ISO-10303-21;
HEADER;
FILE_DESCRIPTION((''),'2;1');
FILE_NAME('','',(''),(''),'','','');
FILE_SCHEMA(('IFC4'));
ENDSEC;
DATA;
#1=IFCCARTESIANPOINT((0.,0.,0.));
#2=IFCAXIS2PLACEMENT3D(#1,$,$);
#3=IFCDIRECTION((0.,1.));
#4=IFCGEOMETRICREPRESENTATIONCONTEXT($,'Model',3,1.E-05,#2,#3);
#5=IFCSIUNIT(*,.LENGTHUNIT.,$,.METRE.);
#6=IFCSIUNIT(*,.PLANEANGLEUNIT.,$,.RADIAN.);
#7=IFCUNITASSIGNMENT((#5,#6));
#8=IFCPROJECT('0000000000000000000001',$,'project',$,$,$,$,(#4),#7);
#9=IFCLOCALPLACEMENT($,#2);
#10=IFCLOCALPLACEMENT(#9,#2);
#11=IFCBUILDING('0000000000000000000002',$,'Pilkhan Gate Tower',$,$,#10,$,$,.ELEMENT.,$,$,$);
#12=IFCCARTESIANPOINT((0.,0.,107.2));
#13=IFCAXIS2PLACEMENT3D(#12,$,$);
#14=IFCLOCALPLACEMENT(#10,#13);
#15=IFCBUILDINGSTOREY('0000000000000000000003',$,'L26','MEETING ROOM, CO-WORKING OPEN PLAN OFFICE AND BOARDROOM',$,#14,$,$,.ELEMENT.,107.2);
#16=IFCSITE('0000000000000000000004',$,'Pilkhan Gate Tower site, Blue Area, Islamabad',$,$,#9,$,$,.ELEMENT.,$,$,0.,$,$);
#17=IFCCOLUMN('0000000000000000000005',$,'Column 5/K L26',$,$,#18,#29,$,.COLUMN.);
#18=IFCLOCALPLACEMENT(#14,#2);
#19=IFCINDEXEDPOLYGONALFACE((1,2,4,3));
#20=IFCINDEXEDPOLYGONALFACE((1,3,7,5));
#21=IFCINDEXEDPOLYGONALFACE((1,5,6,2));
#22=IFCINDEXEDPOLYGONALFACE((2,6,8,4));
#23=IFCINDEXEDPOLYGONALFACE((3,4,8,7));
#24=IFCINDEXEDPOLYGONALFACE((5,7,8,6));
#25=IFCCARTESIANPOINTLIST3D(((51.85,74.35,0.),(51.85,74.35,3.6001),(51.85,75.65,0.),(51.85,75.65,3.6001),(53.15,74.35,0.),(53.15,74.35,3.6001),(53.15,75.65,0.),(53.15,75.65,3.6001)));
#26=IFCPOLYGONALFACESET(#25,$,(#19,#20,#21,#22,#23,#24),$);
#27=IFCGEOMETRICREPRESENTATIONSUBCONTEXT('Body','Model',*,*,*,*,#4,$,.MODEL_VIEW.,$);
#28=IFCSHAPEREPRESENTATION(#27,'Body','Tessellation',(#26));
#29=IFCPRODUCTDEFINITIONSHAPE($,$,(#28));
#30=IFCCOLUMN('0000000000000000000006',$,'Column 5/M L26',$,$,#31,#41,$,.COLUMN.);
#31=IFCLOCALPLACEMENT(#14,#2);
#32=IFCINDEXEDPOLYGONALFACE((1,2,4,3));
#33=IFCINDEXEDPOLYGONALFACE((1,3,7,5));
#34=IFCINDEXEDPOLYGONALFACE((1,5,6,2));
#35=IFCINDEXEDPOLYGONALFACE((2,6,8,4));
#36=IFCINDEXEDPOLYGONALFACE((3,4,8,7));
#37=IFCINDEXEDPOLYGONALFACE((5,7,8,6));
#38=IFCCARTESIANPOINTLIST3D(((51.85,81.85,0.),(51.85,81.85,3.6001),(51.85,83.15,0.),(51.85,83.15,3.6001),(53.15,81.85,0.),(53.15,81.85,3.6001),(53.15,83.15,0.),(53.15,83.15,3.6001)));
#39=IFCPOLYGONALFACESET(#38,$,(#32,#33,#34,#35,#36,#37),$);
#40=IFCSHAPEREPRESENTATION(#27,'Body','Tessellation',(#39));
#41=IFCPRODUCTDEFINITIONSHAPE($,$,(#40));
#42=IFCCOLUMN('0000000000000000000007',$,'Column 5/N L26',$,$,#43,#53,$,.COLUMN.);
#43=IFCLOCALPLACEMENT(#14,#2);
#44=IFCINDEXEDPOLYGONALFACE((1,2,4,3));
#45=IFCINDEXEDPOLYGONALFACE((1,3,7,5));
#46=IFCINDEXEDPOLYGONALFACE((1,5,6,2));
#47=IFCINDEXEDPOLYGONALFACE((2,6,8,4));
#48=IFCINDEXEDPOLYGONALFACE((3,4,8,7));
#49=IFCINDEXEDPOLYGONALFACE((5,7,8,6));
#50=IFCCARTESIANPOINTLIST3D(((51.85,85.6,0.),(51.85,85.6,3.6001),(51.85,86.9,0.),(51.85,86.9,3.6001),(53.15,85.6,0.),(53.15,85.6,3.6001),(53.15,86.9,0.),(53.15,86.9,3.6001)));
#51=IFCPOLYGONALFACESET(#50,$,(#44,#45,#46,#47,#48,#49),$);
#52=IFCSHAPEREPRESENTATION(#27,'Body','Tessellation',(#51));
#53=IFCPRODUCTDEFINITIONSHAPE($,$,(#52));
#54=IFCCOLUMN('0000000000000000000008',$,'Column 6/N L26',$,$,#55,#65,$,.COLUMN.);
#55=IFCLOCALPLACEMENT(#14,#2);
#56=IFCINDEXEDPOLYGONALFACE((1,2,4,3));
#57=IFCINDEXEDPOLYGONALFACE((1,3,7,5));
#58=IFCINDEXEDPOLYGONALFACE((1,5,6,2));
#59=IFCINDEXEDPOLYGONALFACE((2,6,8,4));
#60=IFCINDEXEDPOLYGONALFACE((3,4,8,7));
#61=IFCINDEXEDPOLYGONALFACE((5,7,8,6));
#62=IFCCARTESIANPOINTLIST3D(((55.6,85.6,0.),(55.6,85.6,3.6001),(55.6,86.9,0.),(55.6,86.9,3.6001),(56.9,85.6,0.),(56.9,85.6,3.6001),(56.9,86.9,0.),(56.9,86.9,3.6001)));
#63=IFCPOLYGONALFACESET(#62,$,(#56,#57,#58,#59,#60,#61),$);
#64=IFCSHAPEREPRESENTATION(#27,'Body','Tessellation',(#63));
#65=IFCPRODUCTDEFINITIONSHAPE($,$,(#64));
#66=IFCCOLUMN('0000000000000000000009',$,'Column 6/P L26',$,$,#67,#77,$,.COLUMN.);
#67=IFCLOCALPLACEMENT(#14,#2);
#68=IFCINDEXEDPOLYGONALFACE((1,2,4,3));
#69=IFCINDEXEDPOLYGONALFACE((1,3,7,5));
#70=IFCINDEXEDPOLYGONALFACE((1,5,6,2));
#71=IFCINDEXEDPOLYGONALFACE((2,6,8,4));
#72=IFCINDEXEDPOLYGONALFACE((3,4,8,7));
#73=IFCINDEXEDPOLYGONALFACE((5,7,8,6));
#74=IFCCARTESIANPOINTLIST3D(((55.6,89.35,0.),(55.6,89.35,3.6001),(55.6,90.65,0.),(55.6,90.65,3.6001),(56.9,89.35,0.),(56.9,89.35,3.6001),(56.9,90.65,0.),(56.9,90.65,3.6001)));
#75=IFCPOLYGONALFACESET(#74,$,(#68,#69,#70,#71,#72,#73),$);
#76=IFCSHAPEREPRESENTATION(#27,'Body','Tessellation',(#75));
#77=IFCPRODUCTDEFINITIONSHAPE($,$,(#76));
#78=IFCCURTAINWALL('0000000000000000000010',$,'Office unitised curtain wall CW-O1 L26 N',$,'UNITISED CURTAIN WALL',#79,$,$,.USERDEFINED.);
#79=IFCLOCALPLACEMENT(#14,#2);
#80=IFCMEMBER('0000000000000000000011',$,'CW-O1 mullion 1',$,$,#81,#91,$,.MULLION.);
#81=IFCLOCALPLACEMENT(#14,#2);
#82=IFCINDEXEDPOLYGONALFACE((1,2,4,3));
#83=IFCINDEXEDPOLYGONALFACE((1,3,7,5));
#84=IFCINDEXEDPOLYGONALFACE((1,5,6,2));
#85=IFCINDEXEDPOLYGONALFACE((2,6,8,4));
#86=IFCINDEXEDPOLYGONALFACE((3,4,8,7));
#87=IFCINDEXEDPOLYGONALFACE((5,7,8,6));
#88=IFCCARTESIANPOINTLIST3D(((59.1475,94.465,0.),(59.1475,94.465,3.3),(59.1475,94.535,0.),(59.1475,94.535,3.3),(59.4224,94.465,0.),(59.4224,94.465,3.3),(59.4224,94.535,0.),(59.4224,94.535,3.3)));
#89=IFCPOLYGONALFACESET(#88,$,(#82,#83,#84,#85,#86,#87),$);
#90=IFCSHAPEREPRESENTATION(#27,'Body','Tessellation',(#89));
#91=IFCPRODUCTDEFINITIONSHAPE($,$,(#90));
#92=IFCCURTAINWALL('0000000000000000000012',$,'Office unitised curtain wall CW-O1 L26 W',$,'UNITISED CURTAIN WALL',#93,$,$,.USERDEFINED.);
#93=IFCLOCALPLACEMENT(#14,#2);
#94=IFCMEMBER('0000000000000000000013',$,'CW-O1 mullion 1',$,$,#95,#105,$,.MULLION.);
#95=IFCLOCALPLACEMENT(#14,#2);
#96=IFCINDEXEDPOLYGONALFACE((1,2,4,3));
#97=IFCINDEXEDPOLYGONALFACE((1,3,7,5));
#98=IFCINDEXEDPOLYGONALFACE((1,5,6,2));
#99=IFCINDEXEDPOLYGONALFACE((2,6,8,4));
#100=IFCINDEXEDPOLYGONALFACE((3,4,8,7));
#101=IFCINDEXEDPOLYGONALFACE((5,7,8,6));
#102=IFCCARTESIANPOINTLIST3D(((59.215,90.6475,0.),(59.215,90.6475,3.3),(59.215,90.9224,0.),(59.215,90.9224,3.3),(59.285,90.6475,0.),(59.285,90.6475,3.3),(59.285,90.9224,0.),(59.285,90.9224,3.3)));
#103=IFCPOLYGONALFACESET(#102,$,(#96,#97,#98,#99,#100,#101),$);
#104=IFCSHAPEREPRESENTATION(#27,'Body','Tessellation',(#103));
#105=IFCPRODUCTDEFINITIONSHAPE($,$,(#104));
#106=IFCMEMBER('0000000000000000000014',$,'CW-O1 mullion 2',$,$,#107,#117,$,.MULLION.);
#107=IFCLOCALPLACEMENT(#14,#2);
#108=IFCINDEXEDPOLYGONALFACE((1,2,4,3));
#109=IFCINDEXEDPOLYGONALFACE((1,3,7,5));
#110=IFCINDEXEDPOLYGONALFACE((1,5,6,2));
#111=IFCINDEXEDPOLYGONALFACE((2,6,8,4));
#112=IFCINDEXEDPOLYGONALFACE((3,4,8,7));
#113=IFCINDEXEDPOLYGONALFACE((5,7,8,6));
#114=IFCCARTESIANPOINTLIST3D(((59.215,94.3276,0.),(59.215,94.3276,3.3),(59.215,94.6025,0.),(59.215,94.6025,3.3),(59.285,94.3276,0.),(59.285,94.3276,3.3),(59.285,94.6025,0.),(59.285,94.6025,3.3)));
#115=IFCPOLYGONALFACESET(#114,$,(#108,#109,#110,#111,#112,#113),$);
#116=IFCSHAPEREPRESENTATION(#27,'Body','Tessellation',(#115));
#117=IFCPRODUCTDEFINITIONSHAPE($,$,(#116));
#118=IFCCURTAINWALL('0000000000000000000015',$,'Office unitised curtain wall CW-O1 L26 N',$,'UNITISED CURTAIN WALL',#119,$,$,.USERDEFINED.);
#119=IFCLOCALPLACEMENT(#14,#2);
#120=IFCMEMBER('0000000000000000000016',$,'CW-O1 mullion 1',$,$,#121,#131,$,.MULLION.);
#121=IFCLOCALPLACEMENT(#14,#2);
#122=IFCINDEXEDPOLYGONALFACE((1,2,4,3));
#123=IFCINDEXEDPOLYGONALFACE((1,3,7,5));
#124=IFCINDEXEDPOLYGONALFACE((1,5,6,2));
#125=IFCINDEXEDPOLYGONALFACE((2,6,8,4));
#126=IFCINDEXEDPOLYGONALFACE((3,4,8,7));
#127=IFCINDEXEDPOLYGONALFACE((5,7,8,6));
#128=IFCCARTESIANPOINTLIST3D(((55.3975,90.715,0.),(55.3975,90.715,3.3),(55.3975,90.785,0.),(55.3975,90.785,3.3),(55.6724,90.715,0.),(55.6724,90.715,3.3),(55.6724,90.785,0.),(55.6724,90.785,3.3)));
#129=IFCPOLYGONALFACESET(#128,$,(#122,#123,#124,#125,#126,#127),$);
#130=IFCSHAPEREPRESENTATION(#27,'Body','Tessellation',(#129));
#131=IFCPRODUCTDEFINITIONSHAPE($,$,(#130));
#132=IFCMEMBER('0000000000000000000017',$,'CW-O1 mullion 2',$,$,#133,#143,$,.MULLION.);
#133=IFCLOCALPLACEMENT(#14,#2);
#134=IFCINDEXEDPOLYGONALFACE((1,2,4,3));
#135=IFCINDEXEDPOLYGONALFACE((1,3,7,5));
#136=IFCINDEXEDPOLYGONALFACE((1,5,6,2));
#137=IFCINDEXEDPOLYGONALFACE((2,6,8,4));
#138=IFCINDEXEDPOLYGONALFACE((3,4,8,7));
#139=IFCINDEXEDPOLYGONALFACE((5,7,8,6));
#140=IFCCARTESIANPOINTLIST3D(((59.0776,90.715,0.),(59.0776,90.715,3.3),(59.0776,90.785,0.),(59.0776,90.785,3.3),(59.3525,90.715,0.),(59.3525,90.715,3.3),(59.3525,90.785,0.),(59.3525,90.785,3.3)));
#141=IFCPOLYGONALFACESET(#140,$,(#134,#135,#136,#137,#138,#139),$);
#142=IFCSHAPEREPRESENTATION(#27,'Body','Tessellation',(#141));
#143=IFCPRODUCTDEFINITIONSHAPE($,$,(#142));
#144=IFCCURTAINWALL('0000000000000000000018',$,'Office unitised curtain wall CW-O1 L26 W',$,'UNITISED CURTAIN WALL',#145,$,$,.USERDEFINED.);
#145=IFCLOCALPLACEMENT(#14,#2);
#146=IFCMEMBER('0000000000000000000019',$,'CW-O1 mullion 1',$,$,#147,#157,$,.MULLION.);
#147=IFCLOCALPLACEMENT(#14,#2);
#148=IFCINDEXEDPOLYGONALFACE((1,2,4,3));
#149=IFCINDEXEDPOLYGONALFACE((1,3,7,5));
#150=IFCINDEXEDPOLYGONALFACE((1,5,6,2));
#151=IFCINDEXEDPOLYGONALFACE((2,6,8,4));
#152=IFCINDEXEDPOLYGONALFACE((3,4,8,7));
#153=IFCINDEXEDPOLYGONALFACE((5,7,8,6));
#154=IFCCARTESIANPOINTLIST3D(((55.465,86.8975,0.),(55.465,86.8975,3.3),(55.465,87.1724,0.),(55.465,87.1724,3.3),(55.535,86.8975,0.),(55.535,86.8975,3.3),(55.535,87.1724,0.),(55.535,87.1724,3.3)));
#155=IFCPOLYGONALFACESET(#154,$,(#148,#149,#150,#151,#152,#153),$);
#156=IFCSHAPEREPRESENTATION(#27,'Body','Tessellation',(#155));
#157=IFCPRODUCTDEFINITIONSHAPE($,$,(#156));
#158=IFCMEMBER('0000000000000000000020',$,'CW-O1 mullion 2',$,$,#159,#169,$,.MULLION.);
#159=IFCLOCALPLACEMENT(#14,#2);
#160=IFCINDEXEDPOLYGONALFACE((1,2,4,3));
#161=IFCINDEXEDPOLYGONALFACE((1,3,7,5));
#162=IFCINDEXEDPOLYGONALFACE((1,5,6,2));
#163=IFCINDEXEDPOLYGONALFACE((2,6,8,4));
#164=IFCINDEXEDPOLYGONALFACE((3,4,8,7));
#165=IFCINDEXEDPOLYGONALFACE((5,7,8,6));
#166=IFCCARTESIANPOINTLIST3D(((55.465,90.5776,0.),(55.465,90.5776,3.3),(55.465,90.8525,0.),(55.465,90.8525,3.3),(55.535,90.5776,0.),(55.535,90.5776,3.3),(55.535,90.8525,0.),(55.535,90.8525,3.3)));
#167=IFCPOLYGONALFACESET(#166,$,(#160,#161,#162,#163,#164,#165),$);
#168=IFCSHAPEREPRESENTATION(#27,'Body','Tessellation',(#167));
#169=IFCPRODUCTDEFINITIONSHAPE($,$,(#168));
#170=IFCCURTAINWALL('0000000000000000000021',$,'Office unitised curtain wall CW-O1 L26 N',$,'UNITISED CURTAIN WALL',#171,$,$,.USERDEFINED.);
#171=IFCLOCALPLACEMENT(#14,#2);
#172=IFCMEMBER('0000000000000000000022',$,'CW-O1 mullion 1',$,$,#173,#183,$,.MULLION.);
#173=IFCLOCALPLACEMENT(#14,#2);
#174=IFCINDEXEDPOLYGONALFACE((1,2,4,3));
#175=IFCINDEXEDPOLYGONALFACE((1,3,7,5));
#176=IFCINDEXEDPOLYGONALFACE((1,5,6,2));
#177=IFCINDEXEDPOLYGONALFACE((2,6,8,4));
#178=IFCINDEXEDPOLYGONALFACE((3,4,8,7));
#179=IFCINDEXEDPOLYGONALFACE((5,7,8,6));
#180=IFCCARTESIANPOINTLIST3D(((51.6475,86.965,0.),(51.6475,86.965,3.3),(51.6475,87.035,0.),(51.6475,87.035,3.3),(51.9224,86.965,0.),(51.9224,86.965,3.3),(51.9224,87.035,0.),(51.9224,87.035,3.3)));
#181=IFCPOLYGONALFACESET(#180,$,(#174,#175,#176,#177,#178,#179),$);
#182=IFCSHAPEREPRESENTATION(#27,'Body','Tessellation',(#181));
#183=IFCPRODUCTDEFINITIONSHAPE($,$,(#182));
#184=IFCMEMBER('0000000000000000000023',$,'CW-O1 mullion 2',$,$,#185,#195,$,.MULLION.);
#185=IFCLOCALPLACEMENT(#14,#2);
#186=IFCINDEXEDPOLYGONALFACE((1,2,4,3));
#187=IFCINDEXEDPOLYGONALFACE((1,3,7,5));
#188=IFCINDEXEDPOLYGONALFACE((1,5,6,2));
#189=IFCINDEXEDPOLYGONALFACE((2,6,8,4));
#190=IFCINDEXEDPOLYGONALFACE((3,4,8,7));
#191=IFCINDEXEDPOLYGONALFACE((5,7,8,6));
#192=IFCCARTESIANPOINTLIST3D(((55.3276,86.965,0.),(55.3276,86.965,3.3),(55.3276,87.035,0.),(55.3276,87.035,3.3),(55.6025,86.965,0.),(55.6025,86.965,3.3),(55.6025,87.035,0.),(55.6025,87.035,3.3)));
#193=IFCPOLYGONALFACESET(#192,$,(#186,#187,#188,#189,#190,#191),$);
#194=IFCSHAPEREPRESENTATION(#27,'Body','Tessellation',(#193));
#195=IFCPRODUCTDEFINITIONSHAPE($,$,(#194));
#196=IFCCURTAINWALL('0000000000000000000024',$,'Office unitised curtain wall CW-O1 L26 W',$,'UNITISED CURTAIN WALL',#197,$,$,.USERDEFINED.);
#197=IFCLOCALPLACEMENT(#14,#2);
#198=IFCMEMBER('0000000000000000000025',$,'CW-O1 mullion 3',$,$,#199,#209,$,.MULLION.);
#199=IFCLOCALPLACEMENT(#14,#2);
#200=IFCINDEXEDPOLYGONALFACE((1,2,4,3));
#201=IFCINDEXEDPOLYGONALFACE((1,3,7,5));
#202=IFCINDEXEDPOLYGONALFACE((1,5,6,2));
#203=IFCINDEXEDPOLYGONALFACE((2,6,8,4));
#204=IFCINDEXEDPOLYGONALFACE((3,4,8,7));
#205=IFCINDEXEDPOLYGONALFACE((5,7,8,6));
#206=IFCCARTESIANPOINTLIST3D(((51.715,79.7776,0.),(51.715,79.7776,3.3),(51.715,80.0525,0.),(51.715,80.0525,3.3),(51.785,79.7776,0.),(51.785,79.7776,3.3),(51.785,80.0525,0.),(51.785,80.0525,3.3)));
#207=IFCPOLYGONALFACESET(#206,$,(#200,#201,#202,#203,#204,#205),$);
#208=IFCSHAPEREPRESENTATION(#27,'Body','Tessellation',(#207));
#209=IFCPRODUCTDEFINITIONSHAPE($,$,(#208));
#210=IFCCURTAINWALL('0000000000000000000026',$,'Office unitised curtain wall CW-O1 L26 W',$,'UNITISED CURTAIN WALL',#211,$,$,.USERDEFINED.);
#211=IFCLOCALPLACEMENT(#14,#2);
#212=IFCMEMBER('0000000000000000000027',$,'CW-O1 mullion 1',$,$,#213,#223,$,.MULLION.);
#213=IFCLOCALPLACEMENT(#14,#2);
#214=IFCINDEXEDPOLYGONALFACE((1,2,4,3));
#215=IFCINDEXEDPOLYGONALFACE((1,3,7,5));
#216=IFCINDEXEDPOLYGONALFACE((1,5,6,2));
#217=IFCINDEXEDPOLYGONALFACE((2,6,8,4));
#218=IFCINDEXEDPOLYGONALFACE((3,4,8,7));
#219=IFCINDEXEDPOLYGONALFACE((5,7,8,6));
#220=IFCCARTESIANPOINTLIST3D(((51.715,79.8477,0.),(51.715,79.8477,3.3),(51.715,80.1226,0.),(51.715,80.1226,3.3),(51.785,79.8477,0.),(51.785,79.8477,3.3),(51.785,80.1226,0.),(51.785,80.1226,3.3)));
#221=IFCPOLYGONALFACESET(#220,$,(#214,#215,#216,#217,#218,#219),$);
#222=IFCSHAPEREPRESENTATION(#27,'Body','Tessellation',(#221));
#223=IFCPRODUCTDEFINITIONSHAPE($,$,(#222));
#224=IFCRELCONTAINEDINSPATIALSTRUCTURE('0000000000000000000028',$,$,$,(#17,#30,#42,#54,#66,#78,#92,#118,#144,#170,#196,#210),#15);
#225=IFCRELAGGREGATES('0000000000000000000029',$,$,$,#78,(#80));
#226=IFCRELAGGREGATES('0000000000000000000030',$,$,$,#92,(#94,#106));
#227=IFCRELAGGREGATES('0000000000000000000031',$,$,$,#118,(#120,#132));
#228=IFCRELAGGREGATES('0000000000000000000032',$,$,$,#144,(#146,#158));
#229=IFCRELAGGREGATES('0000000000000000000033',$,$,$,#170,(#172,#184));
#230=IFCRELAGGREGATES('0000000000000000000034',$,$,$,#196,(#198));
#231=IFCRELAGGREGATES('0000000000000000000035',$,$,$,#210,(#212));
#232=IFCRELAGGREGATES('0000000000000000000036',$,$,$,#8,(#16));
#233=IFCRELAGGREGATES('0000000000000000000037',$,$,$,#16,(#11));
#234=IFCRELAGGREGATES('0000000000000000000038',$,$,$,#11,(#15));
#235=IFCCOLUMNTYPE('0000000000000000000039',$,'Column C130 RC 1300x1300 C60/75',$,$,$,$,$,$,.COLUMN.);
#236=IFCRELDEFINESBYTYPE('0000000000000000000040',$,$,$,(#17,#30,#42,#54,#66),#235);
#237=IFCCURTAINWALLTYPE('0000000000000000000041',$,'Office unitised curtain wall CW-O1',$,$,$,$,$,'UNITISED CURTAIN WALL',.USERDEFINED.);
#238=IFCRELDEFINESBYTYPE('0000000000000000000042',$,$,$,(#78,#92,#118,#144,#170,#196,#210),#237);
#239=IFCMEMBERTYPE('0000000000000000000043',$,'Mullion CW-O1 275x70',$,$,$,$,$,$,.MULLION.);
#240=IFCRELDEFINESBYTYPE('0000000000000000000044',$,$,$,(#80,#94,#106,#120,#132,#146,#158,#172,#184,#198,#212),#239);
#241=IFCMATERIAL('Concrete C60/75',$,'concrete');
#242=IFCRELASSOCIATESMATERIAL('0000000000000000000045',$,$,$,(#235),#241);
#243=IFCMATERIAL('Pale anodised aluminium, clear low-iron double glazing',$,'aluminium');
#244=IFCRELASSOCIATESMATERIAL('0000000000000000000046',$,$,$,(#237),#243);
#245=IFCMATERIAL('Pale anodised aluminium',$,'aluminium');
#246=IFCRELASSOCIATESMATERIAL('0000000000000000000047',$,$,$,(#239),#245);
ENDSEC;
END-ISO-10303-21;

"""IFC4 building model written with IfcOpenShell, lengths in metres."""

from ifc_helpers import new_model, si_unit, direction, frame, origin, origin_2d, place, context, subcontext, project, spatial, rectangle, extrude, material, material_profile, profile_set, type_object, element, aggregate, save


model = new_model("IFC4")

# Units and contexts
model_context = context("Model", 3, precision=1e-05, world=origin(), true_north=direction((0.0, 1.0)))
body_context = subcontext(model_context, "Body", "Model", "MODEL_VIEW")
ifc_project = project(units=[si_unit("LENGTHUNIT", "METRE"), si_unit("PLANEANGLEUNIT", "RADIAN")], contexts=[model_context])

# Site, building, storey
site_placement = place(None, origin())
site = spatial("IfcSite", under=ifc_project, at=site_placement, Name="Pilkhan Gate Tower site, Blue Area, Islamabad", CompositionType="ELEMENT", RefElevation=0.0)
building_placement = place(site_placement, origin())
building = spatial("IfcBuilding", under=site, at=building_placement, Name="Pilkhan Gate Tower", CompositionType="ELEMENT")
storey_placement = place(building_placement, frame((0.0, 0.0, 107.2)))
storey = spatial("IfcBuildingStorey", under=building, at=storey_placement, Name="L26", Description="MEETING ROOM, CO-WORKING OPEN PLAN OFFICE AND BOARDROOM", CompositionType="ELEMENT", Elevation=107.2)

# Columns
ifc_material_1 = material(Name="Concrete C60/75", Category="concrete")
ifc_material_profile_1 = material_profile(ifc_material_1, rectangle(XDim=1.3, YDim=1.3, at=origin_2d()), Name="RC 1300x1300")
ifc_profile_set_1 = profile_set([ifc_material_profile_1], Name="Concrete C60/75")
column_type = type_object("IfcColumnType", Name="Column C130 RC 1300x1300 C60/75", PredefinedType="COLUMN", material=ifc_profile_set_1)
for number, where, z_axis, x_axis, name in (
    (1, (52.5, 75.0, 0.0), (0.0, 0.0, 1.0), (1.0, 0.0, 0.0), "Column 5/K L26"),
    (2, (52.5, 82.5, 0.0), (0.0, 0.0, 1.0), (1.0, 0.0, 0.0), "Column 5/M L26"),
    (3, (52.5, 86.25, 0.0), (0.0, 0.0, 1.0), (1.0, 0.0, 0.0), "Column 5/N L26"),
    (4, (56.25, 86.25, 0.0), (0.0, 0.0, 1.0), (1.0, 0.0, 0.0), "Column 6/N L26"),
    (5, (56.25, 90.0, 0.0), (0.0, 0.0, 1.0), (1.0, 0.0, 0.0), "Column 6/P L26"),
):
    element("IfcColumn", number, at=place(storey_placement, frame(where, z_axis=z_axis, x_axis=x_axis)), inside=storey, type_object=column_type, Name=name, PredefinedType="COLUMN", context=body_context, shape_type="SweptSolid", body=[
        extrude(rectangle(XDim=1.3, YDim=1.3, at=origin_2d()), origin(), (0.0, 0.0, 1.0), 3.6001),
    ])

# Curtain wall, member
ifc_material_2 = material(Name="Pale anodised aluminium, clear low-iron double glazing", Category="aluminium")
curtain_wall_type = type_object("IfcCurtainWallType", Name="Office unitised curtain wall CW-O1", ElementType="UNITISED CURTAIN WALL", PredefinedType="USERDEFINED", material=ifc_material_2)
curtain_wall_1_placement = place(storey_placement, origin())
curtain_wall_1 = element("IfcCurtainWall", 6, at=curtain_wall_1_placement, inside=storey, type_object=curtain_wall_type, Name="Office unitised curtain wall CW-O1 L26 N", ObjectType="UNITISED CURTAIN WALL", PredefinedType="USERDEFINED")
ifc_material_3 = material(Name="Pale anodised aluminium", Category="aluminium")
ifc_material_profile_2 = material_profile(ifc_material_3, rectangle(XDim=0.0701, YDim=0.2749, at=origin_2d()), Name="Mullion 275x70")
ifc_profile_set_2 = profile_set([ifc_material_profile_2], Name="Pale anodised aluminium")
member_type_1 = type_object("IfcMemberType", Name="Mullion CW-O1 275x70", PredefinedType="MULLION", material=ifc_profile_set_2)
member_1_placement = place(storey_placement, frame((59.2849, 94.5, 0.0), z_axis=(0.0, 0.0, 1.0), x_axis=(0.0, 1.0, 0.0)))
member_1 = element("IfcMember", 7, at=member_1_placement, type_object=member_type_1, Name="CW-O1 mullion 1", PredefinedType="MULLION", context=body_context, shape_type="SweptSolid", body=[
    extrude(rectangle(XDim=0.0701, YDim=0.2749, at=origin_2d()), origin(), (0.0, 0.0, 1.0), 3.3),
])

# Curtain walls, members
curtain_wall_2_placement = place(storey_placement, origin())
curtain_wall_2 = element("IfcCurtainWall", 8, at=curtain_wall_2_placement, inside=storey, type_object=curtain_wall_type, Name="Office unitised curtain wall CW-O1 L26 W", ObjectType="UNITISED CURTAIN WALL", PredefinedType="USERDEFINED")
member_2_placement = place(storey_placement, frame((59.25, 90.7849, 0.0), z_axis=(0.0, 0.0, 1.0), x_axis=(-1.0, 0.0, 0.0)))
member_2 = element("IfcMember", 9, at=member_2_placement, type_object=member_type_1, Name="CW-O1 mullion 1", PredefinedType="MULLION", context=body_context, shape_type="SweptSolid", body=[
    extrude(rectangle(XDim=0.0701, YDim=0.2749, at=origin_2d()), origin(), (0.0, 0.0, 1.0), 3.3),
])
member_3_placement = place(storey_placement, frame((59.25, 94.4651, 0.0), z_axis=(0.0, 0.0, 1.0), x_axis=(-1.0, 0.0, 0.0)))
member_3 = element("IfcMember", 10, at=member_3_placement, type_object=member_type_1, Name="CW-O1 mullion 2", PredefinedType="MULLION", context=body_context, shape_type="SweptSolid", body=[
    extrude(rectangle(XDim=0.0701, YDim=0.2749, at=origin_2d()), origin(), (0.0, 0.0, 1.0), 3.3),
])
curtain_wall_3_placement = place(storey_placement, origin())
curtain_wall_3 = element("IfcCurtainWall", 11, at=curtain_wall_3_placement, inside=storey, type_object=curtain_wall_type, Name="Office unitised curtain wall CW-O1 L26 N", ObjectType="UNITISED CURTAIN WALL", PredefinedType="USERDEFINED")
member_4_placement = place(storey_placement, frame((55.5349, 90.75, 0.0), z_axis=(0.0, 0.0, 1.0), x_axis=(0.0, 1.0, 0.0)))
member_4 = element("IfcMember", 12, at=member_4_placement, type_object=member_type_1, Name="CW-O1 mullion 1", PredefinedType="MULLION", context=body_context, shape_type="SweptSolid", body=[
    extrude(rectangle(XDim=0.0701, YDim=0.2749, at=origin_2d()), origin(), (0.0, 0.0, 1.0), 3.3),
])
member_5_placement = place(storey_placement, frame((59.2151, 90.75, 0.0), z_axis=(0.0, 0.0, 1.0), x_axis=(0.0, 1.0, 0.0)))
member_5 = element("IfcMember", 13, at=member_5_placement, type_object=member_type_1, Name="CW-O1 mullion 2", PredefinedType="MULLION", context=body_context, shape_type="SweptSolid", body=[
    extrude(rectangle(XDim=0.0701, YDim=0.2749, at=origin_2d()), origin(), (0.0, 0.0, 1.0), 3.3),
])
curtain_wall_4_placement = place(storey_placement, origin())
curtain_wall_4 = element("IfcCurtainWall", 14, at=curtain_wall_4_placement, inside=storey, type_object=curtain_wall_type, Name="Office unitised curtain wall CW-O1 L26 W", ObjectType="UNITISED CURTAIN WALL", PredefinedType="USERDEFINED")
member_6_placement = place(storey_placement, frame((55.5, 87.0349, 0.0), z_axis=(0.0, 0.0, 1.0), x_axis=(-1.0, 0.0, 0.0)))
member_6 = element("IfcMember", 15, at=member_6_placement, type_object=member_type_1, Name="CW-O1 mullion 1", PredefinedType="MULLION", context=body_context, shape_type="SweptSolid", body=[
    extrude(rectangle(XDim=0.0701, YDim=0.2749, at=origin_2d()), origin(), (0.0, 0.0, 1.0), 3.3),
])
member_7_placement = place(storey_placement, frame((55.5, 90.7151, 0.0), z_axis=(0.0, 0.0, 1.0), x_axis=(-1.0, 0.0, 0.0)))
member_7 = element("IfcMember", 16, at=member_7_placement, type_object=member_type_1, Name="CW-O1 mullion 2", PredefinedType="MULLION", context=body_context, shape_type="SweptSolid", body=[
    extrude(rectangle(XDim=0.0701, YDim=0.2749, at=origin_2d()), origin(), (0.0, 0.0, 1.0), 3.3),
])
curtain_wall_5_placement = place(storey_placement, origin())
curtain_wall_5 = element("IfcCurtainWall", 17, at=curtain_wall_5_placement, inside=storey, type_object=curtain_wall_type, Name="Office unitised curtain wall CW-O1 L26 N", ObjectType="UNITISED CURTAIN WALL", PredefinedType="USERDEFINED")
member_8_placement = place(storey_placement, frame((51.7849, 87.0, 0.0), z_axis=(0.0, 0.0, 1.0), x_axis=(0.0, 1.0, 0.0)))
member_8 = element("IfcMember", 18, at=member_8_placement, type_object=member_type_1, Name="CW-O1 mullion 1", PredefinedType="MULLION", context=body_context, shape_type="SweptSolid", body=[
    extrude(rectangle(XDim=0.0701, YDim=0.2749, at=origin_2d()), origin(), (0.0, 0.0, 1.0), 3.3),
])
member_9_placement = place(storey_placement, frame((55.4651, 87.0, 0.0), z_axis=(0.0, 0.0, 1.0), x_axis=(0.0, 1.0, 0.0)))
member_9 = element("IfcMember", 19, at=member_9_placement, type_object=member_type_1, Name="CW-O1 mullion 2", PredefinedType="MULLION", context=body_context, shape_type="SweptSolid", body=[
    extrude(rectangle(XDim=0.0701, YDim=0.2749, at=origin_2d()), origin(), (0.0, 0.0, 1.0), 3.3),
])

# Curtain wall, member
curtain_wall_6_placement = place(storey_placement, origin())
curtain_wall_6 = element("IfcCurtainWall", 20, at=curtain_wall_6_placement, inside=storey, type_object=curtain_wall_type, Name="Office unitised curtain wall CW-O1 L26 W", ObjectType="UNITISED CURTAIN WALL", PredefinedType="USERDEFINED")
member_10_placement = place(storey_placement, frame((51.75, 79.915, 0.0), z_axis=(0.0, 0.0, 1.0), x_axis=(-1.0, 0.0, 0.0)))
member_10 = element("IfcMember", 21, at=member_10_placement, type_object=member_type_1, Name="CW-O1 mullion 3", PredefinedType="MULLION", context=body_context, shape_type="SweptSolid", body=[
    extrude(rectangle(XDim=0.0701, YDim=0.2749, at=origin_2d()), origin(), (0.0, 0.0, 1.0), 3.3),
])

# Curtain wall, member
curtain_wall_7_placement = place(storey_placement, origin())
curtain_wall_7 = element("IfcCurtainWall", 22, at=curtain_wall_7_placement, inside=storey, type_object=curtain_wall_type, Name="Office unitised curtain wall CW-O1 L26 W", ObjectType="UNITISED CURTAIN WALL", PredefinedType="USERDEFINED")
member_11_placement = place(storey_placement, frame((51.75, 79.9851, 0.0), z_axis=(0.0, 0.0, 1.0), x_axis=(-1.0, 0.0, 0.0)))
member_11 = element("IfcMember", 23, at=member_11_placement, type_object=member_type_1, Name="CW-O1 mullion 1", PredefinedType="MULLION", context=body_context, shape_type="SweptSolid", body=[
    extrude(rectangle(XDim=0.0701, YDim=0.2749, at=origin_2d()), origin(), (0.0, 0.0, 1.0), 3.3),
])

aggregate(curtain_wall_1, [member_1])

aggregate(curtain_wall_2, [member_2, member_3])
aggregate(curtain_wall_3, [member_4, member_5])
aggregate(curtain_wall_4, [member_6, member_7])
aggregate(curtain_wall_5, [member_8, member_9])
aggregate(curtain_wall_6, [member_10])
aggregate(curtain_wall_7, [member_11])

save(model, "model.ifc")
